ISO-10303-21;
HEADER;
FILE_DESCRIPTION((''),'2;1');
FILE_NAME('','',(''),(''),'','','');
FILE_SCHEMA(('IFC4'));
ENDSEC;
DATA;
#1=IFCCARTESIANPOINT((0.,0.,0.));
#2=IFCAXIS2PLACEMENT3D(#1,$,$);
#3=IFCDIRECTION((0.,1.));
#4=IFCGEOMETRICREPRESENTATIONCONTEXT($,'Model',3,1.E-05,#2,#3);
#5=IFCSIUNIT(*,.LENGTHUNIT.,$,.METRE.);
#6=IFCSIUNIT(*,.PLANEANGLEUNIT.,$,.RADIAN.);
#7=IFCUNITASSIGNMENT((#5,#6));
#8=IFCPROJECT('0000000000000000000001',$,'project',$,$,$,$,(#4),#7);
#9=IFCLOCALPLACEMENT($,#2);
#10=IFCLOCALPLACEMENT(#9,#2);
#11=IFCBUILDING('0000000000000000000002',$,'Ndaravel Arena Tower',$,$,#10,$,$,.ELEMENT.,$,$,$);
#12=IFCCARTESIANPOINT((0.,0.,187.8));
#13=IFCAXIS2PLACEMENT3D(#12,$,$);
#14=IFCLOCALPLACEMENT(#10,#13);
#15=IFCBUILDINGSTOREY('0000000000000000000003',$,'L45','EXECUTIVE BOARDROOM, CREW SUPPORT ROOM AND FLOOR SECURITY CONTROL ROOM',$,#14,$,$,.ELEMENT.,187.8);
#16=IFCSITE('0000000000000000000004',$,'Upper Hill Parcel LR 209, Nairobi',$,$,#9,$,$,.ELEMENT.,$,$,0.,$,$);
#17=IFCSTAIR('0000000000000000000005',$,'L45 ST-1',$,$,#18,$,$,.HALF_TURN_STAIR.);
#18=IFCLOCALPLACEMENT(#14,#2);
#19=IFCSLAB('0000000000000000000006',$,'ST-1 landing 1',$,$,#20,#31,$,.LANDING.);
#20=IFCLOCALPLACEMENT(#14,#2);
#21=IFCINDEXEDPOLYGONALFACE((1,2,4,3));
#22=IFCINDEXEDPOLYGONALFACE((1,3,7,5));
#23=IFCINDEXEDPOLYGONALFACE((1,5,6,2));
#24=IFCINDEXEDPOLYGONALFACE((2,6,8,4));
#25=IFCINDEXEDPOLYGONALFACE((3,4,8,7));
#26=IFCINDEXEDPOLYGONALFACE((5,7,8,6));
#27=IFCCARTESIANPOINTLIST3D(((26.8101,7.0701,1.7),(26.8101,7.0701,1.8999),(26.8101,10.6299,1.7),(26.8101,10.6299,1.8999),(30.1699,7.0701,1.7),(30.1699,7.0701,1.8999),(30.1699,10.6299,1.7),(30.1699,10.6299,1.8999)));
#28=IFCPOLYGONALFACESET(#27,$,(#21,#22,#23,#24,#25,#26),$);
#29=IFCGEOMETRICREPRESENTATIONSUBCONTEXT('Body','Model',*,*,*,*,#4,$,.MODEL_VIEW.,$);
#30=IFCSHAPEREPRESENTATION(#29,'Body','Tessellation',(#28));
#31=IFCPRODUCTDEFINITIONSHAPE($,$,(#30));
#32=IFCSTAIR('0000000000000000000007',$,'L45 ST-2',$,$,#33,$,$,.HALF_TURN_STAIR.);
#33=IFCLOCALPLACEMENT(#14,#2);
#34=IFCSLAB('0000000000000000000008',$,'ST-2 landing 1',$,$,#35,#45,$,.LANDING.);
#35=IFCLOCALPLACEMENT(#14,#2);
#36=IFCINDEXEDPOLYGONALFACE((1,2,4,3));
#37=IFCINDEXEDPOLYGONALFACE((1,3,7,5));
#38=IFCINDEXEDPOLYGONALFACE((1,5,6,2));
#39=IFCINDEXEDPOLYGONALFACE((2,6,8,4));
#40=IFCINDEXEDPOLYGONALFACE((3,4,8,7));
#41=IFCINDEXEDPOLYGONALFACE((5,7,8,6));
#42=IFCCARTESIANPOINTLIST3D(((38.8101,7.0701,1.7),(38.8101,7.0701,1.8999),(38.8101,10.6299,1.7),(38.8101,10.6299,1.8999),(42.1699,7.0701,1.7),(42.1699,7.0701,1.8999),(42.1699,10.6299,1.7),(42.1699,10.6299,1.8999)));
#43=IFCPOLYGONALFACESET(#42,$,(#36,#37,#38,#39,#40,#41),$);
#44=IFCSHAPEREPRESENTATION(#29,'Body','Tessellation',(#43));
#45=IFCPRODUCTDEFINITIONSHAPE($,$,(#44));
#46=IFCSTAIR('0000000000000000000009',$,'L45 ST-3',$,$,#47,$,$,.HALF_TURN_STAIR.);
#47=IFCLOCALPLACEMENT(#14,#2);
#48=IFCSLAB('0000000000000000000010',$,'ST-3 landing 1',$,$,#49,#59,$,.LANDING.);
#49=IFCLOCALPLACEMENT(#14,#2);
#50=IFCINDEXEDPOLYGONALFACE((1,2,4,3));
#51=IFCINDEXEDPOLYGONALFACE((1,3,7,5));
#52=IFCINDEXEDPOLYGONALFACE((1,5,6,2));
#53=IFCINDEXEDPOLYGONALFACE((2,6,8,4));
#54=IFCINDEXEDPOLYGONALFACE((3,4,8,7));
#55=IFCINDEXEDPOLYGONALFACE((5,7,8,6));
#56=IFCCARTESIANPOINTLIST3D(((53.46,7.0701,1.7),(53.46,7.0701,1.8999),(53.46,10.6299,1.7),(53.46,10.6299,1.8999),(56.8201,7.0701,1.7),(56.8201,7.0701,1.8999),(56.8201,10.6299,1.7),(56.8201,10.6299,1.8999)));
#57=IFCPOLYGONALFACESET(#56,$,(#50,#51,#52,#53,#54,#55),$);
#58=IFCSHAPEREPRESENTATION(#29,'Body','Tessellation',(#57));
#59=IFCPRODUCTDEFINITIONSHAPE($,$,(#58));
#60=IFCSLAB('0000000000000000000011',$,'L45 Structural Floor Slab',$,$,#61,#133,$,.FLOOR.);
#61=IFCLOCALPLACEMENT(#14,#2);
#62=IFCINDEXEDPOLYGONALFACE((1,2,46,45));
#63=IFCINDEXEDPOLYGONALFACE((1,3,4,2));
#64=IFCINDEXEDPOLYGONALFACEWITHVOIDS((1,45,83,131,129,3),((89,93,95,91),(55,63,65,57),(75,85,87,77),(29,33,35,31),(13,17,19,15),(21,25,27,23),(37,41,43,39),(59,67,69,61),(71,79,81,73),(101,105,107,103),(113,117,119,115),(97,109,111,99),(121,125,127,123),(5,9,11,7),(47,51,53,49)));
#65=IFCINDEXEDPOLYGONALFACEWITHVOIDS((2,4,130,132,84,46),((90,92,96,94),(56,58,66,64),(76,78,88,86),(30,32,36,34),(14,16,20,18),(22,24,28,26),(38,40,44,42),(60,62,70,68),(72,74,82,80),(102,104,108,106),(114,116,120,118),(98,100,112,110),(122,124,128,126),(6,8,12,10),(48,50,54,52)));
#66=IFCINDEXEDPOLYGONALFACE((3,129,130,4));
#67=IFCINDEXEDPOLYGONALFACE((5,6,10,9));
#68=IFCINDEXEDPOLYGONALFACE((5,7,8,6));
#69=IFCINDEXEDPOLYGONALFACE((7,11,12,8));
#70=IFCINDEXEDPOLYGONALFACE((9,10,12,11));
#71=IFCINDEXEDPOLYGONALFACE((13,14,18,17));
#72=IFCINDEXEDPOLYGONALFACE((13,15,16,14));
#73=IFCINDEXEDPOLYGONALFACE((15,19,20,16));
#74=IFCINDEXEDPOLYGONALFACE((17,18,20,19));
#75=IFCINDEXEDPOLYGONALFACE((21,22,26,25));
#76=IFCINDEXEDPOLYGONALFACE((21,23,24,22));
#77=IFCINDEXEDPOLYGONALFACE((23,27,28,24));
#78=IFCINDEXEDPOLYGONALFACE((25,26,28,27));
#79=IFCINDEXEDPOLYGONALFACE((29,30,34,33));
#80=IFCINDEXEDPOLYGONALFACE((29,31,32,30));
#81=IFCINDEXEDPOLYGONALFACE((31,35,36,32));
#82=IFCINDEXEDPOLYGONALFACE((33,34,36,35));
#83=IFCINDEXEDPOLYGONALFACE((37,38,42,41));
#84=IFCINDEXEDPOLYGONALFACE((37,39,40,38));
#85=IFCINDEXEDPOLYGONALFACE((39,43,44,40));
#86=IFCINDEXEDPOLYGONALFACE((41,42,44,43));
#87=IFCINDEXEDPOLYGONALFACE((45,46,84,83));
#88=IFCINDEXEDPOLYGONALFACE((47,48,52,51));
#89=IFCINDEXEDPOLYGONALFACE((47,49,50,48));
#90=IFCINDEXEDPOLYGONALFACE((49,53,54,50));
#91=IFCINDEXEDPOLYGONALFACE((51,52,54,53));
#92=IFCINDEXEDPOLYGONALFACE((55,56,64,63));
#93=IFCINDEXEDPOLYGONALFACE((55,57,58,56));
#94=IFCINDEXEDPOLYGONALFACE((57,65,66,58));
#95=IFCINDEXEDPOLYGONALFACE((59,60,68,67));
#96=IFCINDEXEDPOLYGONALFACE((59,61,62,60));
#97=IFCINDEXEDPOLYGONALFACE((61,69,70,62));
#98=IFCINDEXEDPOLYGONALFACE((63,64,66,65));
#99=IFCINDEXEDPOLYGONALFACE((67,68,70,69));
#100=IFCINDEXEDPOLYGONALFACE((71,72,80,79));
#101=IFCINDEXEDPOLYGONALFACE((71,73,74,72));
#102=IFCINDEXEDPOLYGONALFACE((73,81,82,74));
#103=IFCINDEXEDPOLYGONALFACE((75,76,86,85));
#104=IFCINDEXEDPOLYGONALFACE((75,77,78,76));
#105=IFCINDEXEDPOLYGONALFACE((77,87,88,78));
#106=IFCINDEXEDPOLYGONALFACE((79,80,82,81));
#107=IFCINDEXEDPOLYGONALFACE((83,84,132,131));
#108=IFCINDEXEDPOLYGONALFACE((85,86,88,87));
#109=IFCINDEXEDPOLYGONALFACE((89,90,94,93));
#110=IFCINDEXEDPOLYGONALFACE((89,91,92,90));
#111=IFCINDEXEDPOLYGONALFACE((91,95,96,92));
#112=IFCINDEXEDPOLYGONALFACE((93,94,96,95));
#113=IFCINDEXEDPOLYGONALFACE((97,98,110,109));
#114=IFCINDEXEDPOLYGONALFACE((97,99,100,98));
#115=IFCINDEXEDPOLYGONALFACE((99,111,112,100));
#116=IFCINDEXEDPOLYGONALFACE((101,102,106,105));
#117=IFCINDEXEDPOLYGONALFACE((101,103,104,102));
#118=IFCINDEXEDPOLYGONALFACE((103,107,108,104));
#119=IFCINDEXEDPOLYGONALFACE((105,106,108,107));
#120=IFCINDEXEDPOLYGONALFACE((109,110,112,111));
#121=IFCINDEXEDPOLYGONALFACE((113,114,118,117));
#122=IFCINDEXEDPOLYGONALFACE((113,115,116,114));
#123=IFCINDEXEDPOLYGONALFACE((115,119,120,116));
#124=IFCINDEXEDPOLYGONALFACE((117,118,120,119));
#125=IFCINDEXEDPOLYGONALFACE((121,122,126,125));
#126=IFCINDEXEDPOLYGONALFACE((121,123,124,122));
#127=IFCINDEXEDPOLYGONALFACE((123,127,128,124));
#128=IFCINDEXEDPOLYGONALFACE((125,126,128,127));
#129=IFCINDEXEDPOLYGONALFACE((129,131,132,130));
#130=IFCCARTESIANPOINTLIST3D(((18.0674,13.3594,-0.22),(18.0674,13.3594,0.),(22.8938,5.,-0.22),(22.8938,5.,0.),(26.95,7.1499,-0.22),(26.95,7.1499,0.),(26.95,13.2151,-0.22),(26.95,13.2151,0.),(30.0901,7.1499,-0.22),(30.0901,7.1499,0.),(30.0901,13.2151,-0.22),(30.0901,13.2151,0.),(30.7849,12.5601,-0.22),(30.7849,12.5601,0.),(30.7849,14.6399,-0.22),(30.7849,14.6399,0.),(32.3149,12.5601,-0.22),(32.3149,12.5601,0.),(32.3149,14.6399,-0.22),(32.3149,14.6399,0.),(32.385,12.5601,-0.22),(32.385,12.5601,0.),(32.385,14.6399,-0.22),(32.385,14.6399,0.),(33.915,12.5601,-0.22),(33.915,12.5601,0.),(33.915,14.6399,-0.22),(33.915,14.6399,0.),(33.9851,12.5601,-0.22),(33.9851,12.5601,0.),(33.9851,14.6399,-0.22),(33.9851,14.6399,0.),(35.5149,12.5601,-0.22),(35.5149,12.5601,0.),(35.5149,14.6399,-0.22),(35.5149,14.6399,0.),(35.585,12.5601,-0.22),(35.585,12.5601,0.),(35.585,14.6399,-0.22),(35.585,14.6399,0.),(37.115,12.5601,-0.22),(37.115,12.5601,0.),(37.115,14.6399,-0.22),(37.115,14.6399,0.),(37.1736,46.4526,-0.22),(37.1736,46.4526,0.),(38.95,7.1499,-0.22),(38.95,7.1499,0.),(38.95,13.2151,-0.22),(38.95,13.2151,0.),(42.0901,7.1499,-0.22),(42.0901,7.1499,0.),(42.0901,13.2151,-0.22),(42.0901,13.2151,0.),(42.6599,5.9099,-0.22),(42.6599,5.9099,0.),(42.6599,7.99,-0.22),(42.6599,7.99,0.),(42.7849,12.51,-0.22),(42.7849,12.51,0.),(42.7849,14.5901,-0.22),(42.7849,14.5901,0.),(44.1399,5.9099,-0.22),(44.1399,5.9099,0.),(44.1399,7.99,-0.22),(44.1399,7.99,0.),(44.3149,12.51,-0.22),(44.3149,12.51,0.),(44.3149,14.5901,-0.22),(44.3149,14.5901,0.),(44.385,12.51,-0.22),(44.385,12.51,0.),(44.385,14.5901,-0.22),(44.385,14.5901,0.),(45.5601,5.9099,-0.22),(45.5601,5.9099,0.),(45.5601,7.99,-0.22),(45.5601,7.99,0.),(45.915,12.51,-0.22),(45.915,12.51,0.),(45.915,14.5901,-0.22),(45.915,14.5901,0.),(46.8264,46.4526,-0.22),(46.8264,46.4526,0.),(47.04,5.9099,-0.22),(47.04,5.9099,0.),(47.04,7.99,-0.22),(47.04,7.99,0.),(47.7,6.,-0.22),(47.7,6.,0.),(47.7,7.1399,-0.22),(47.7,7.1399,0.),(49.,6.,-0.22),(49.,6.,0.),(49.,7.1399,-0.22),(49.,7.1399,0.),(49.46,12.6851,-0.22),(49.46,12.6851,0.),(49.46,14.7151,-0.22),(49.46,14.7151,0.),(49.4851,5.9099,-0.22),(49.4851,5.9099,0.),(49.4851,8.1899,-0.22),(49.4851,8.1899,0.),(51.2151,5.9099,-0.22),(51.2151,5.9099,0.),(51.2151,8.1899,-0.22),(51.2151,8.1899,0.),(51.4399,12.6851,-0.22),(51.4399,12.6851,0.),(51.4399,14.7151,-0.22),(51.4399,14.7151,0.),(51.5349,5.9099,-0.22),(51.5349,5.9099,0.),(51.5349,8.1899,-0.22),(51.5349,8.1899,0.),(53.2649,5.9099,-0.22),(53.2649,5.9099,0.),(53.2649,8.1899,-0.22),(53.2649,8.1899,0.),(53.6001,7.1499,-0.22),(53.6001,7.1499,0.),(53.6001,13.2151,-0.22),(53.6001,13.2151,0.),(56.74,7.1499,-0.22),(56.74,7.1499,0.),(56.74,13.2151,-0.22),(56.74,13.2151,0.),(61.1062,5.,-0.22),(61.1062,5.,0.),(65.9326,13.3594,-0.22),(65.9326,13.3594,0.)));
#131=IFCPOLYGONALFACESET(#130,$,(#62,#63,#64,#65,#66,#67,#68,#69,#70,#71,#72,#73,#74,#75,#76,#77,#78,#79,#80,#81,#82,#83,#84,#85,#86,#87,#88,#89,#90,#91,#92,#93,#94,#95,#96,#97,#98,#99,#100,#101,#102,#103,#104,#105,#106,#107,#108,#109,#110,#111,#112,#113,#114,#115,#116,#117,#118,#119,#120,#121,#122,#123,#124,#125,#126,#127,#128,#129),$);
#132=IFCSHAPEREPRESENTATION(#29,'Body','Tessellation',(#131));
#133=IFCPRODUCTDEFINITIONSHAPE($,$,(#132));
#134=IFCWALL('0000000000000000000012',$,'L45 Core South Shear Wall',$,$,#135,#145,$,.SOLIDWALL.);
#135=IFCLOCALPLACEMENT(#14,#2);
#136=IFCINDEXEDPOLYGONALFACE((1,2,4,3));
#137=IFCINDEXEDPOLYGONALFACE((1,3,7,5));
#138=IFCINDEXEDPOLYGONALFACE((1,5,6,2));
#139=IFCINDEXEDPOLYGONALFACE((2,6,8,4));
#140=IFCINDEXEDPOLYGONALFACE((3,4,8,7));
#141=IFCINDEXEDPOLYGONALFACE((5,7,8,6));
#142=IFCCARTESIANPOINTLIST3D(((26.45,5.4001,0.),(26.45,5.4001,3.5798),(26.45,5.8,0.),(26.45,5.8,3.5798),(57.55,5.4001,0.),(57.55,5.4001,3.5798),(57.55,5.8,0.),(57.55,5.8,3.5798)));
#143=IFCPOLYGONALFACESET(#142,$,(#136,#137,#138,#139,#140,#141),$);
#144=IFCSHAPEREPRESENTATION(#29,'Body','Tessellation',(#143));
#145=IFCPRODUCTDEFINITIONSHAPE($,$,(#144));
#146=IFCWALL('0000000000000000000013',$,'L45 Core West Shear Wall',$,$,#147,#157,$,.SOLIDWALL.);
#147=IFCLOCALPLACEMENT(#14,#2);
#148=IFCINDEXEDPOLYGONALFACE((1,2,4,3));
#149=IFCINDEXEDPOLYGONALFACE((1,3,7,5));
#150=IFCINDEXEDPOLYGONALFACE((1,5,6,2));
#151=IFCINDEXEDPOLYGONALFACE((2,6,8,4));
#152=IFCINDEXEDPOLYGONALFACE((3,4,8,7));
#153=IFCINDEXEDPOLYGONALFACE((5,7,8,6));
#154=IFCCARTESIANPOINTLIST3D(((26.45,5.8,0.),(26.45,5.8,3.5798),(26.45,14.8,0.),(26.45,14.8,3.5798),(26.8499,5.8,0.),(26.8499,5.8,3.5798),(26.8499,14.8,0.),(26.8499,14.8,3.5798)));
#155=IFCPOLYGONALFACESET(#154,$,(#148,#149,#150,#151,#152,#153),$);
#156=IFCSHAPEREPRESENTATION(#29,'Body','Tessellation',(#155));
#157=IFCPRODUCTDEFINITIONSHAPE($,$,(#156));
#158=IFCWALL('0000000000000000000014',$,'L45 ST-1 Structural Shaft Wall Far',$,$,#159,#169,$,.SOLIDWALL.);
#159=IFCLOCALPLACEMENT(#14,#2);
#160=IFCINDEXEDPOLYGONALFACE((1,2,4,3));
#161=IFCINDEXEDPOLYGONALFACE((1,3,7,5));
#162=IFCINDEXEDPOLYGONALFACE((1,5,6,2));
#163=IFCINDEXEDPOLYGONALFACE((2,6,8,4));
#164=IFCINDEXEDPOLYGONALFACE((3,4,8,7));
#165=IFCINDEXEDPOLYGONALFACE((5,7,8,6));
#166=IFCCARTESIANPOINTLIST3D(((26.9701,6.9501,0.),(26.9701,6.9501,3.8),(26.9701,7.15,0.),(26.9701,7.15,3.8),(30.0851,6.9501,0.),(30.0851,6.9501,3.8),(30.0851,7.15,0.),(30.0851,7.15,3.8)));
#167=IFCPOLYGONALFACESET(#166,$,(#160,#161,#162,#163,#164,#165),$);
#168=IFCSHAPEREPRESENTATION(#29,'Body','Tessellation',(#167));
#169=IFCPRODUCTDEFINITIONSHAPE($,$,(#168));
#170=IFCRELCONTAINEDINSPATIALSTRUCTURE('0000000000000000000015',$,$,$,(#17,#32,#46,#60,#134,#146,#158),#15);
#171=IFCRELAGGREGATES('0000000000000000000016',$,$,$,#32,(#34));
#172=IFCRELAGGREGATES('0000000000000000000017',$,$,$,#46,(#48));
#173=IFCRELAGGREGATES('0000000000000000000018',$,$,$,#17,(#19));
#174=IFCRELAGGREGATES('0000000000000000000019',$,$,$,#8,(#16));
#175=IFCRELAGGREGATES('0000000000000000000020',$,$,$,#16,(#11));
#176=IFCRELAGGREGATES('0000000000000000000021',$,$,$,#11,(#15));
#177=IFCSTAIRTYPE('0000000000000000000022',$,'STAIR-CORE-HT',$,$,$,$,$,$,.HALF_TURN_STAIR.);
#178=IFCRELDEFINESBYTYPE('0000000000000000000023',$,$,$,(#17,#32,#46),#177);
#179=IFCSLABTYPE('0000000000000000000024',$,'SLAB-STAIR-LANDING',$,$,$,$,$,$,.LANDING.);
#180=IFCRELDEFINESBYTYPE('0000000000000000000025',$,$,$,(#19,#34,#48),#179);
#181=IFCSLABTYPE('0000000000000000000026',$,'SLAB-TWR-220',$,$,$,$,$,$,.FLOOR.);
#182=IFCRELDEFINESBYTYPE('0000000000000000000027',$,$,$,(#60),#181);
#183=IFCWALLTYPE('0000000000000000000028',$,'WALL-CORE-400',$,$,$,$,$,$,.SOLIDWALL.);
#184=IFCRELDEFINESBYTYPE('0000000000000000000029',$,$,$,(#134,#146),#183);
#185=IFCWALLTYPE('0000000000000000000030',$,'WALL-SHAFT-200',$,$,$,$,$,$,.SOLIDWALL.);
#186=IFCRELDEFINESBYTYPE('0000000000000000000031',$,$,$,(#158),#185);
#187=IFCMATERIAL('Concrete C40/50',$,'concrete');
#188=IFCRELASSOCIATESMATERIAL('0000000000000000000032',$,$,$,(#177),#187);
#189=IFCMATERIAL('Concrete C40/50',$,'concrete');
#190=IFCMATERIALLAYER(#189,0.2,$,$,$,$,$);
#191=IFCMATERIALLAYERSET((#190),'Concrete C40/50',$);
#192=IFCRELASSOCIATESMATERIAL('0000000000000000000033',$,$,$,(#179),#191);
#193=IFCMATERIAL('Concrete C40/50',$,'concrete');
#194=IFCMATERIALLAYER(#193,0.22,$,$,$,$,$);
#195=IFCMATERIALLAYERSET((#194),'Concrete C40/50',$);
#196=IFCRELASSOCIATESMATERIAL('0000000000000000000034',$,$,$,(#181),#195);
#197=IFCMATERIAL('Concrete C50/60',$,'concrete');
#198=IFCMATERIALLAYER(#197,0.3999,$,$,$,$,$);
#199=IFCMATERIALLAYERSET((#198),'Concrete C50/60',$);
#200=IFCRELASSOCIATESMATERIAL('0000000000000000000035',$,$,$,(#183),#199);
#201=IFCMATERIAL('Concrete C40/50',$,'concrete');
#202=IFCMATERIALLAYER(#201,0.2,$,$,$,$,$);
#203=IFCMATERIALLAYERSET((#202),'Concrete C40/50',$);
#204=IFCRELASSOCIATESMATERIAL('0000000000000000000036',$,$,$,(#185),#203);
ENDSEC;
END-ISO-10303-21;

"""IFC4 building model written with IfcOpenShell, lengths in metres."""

from ifc_helpers import new_model, si_unit, direction, frame, frame_2d, origin, place, context, subcontext, project, spatial, polyline, rectangle, outline, extrude, material, layer, layer_set, type_object, element, aggregate, save


model = new_model("IFC4")

# Units and contexts
model_context = context("Model", 3, precision=1e-05, world=origin(), true_north=direction((0.0, 1.0)))
body_context = subcontext(model_context, "Body", "Model", "MODEL_VIEW")
ifc_project = project(units=[si_unit("LENGTHUNIT", "METRE"), si_unit("PLANEANGLEUNIT", "RADIAN")], contexts=[model_context])

# Site, building, storey
site_placement = place(None, origin())
site = spatial("IfcSite", under=ifc_project, at=site_placement, Name="Upper Hill Parcel LR 209, Nairobi", CompositionType="ELEMENT", RefElevation=0.0)
building_placement = place(site_placement, origin())
building = spatial("IfcBuilding", under=site, at=building_placement, Name="Ndaravel Arena Tower", CompositionType="ELEMENT")
storey_placement = place(building_placement, frame((0.0, 0.0, 187.8)))
storey = spatial("IfcBuildingStorey", under=building, at=storey_placement, Name="L45", Description="EXECUTIVE BOARDROOM, CREW SUPPORT ROOM AND FLOOR SECURITY CONTROL ROOM", CompositionType="ELEMENT", Elevation=187.8)

# Stairs, slabs
ifc_material_1 = material(Name="Concrete C40/50", Category="concrete")
stair_type = type_object("IfcStairType", Name="STAIR-CORE-HT", PredefinedType="HALF_TURN_STAIR", material=ifc_material_1)
stair_1_placement = place(storey_placement, origin())
stair_1 = element("IfcStair", 1, at=stair_1_placement, inside=storey, type_object=stair_type, Name="L45 ST-1", PredefinedType="HALF_TURN_STAIR")
ifc_material_2 = material(Name="Concrete C40/50", Category="concrete")
ifc_layer_1 = layer(ifc_material_2, 0.2)
ifc_layer_set_1 = layer_set([ifc_layer_1], Name="Concrete C40/50")
slab_type_1 = type_object("IfcSlabType", Name="SLAB-STAIR-LANDING", PredefinedType="LANDING", material=ifc_layer_set_1)
slab_1_placement = place(storey_placement, frame((0.0, 0.0, 1.7)))
slab_1 = element("IfcSlab", 2, at=slab_1_placement, type_object=slab_type_1, Name="ST-1 landing 1", PredefinedType="LANDING", context=body_context, shape_type="SweptSolid", body=[
    extrude(outline(polyline([(26.8101, 10.6299), (26.8101, 7.0701), (30.1699, 7.0701), (30.1699, 10.6299), (26.8101, 10.6299)])), origin(), (0.0, 0.0, 1.0), 0.2),
])
stair_2_placement = place(storey_placement, origin())
stair_2 = element("IfcStair", 3, at=stair_2_placement, inside=storey, type_object=stair_type, Name="L45 ST-2", PredefinedType="HALF_TURN_STAIR")
slab_2_placement = place(storey_placement, frame((0.0, 0.0, 1.7)))
slab_2 = element("IfcSlab", 4, at=slab_2_placement, type_object=slab_type_1, Name="ST-2 landing 1", PredefinedType="LANDING", context=body_context, shape_type="SweptSolid", body=[
    extrude(outline(polyline([(38.8101, 10.6299), (38.8101, 7.0701), (42.1699, 7.0701), (42.1699, 10.6299), (38.8101, 10.6299)])), origin(), (0.0, 0.0, 1.0), 0.2),
])
aggregate(stair_2, [slab_2])
stair_3_placement = place(storey_placement, origin())
stair_3 = element("IfcStair", 5, at=stair_3_placement, inside=storey, type_object=stair_type, Name="L45 ST-3", PredefinedType="HALF_TURN_STAIR")
slab_3_placement = place(storey_placement, frame((0.0, 0.0, 1.7)))
slab_3 = element("IfcSlab", 6, at=slab_3_placement, type_object=slab_type_1, Name="ST-3 landing 1", PredefinedType="LANDING", context=body_context, shape_type="SweptSolid", body=[
    extrude(outline(polyline([(53.46, 10.6299), (53.46, 7.0701), (56.8201, 7.0701), (56.8201, 10.6299), (53.46, 10.6299)])), origin(), (0.0, 0.0, 1.0), 0.2),
])
aggregate(stair_3, [slab_3])

# Slab
ifc_material_3 = material(Name="Concrete C40/50", Category="concrete")
ifc_layer_2 = layer(ifc_material_3, 0.22)
ifc_layer_set_2 = layer_set([ifc_layer_2], Name="Concrete C40/50")
slab_type_2 = type_object("IfcSlabType", Name="SLAB-TWR-220", PredefinedType="FLOOR", material=ifc_layer_set_2)
slab_4_placement = place(storey_placement, frame((0.0, 0.0, -0.22)))
element("IfcSlab", 7, at=slab_4_placement, inside=storey, type_object=slab_type_2, Name="L45 Structural Floor Slab", PredefinedType="FLOOR", context=body_context, shape_type="SweptSolid", body=[
    extrude(outline(polyline([(18.0674, 13.3594), (22.8938, 5.0), (61.1062, 5.0), (65.9326, 13.3594), (46.8264, 46.4526), (37.1736, 46.4526), (18.0674, 13.3594)]), holes=[polyline([(26.95, 13.2151), (26.95, 7.1499), (30.0901, 7.1499), (30.0901, 13.2151), (26.95, 13.2151)]), polyline([(38.95, 13.2151), (38.95, 7.1499), (42.0901, 7.1499), (42.0901, 13.2151), (38.95, 13.2151)]), polyline([(53.6001, 13.2151), (53.6001, 7.1499), (56.74, 7.1499), (56.74, 13.2151), (53.6001, 13.2151)]), polyline([(30.7849, 12.5601), (32.3149, 12.5601), (32.3149, 14.6399), (30.7849, 14.6399), (30.7849, 12.5601)]), polyline([(32.385, 12.5601), (33.915, 12.5601), (33.915, 14.6399), (32.385, 14.6399), (32.385, 12.5601)]), polyline([(33.9851, 12.5601), (35.5149, 12.5601), (35.5149, 14.6399), (33.9851, 14.6399), (33.9851, 12.5601)]), polyline([(35.585, 12.5601), (37.115, 12.5601), (37.115, 14.6399), (35.585, 14.6399), (35.585, 12.5601)]), polyline([(42.6599, 5.9099), (44.1399, 5.9099), (44.1399, 7.99), (42.6599, 7.99), (42.6599, 5.9099)]), polyline([(45.5601, 5.9099), (47.04, 5.9099), (47.04, 7.99), (45.5601, 7.99), (45.5601, 5.9099)]), polyline([(42.7849, 12.51), (44.3149, 12.51), (44.3149, 14.5901), (42.7849, 14.5901), (42.7849, 12.51)]), polyline([(44.385, 12.51), (45.915, 12.51), (45.915, 14.5901), (44.385, 14.5901), (44.385, 12.51)]), polyline([(49.4851, 5.9099), (51.2151, 5.9099), (51.2151, 8.1899), (49.4851, 8.1899), (49.4851, 5.9099)]), polyline([(51.5349, 5.9099), (53.2649, 5.9099), (53.2649, 8.1899), (51.5349, 8.1899), (51.5349, 5.9099)]), polyline([(49.46, 12.6851), (51.4399, 12.6851), (51.4399, 14.7151), (49.46, 14.7151), (49.46, 12.6851)]), polyline([(47.7, 6.0), (49.0, 6.0), (49.0, 7.1399), (47.7, 7.1399), (47.7, 6.0)])]), origin(), (0.0, 0.0, 1.0), 0.22),
])

# Walls
ifc_material_4 = material(Name="Concrete C50/60", Category="concrete")
ifc_layer_3 = layer(ifc_material_4, 0.3999)
ifc_layer_set_3 = layer_set([ifc_layer_3], Name="Concrete C50/60")
wall_type_1 = type_object("IfcWallType", Name="WALL-CORE-400", PredefinedType="SOLIDWALL", material=ifc_layer_set_3)
wall_1_placement = place(storey_placement, frame((26.45, 5.6001, 0.0), z_axis=(0.0, 0.0, 1.0), x_axis=(1.0, 0.0, 0.0)))
element("IfcWall", 8, at=wall_1_placement, inside=storey, type_object=wall_type_1, Name="L45 Core South Shear Wall", PredefinedType="SOLIDWALL", context=body_context, shape_type="SweptSolid", body=[
    extrude(rectangle(XDim=31.1001, YDim=0.3999, at=frame_2d((15.55, 0.0))), origin(), (0.0, 0.0, 1.0), 3.5798),
])
wall_2_placement = place(storey_placement, frame((26.6499, 5.8, 0.0), z_axis=(0.0, 0.0, 1.0), x_axis=(0.0, 1.0, 0.0)))
element("IfcWall", 9, at=wall_2_placement, inside=storey, type_object=wall_type_1, Name="L45 Core West Shear Wall", PredefinedType="SOLIDWALL", context=body_context, shape_type="SweptSolid", body=[
    extrude(rectangle(XDim=9.0, YDim=0.3999, at=frame_2d((4.5, 0.0))), origin(), (0.0, 0.0, 1.0), 3.5798),
])
ifc_material_5 = material(Name="Concrete C40/50", Category="concrete")
ifc_layer_4 = layer(ifc_material_5, 0.2)
ifc_layer_set_4 = layer_set([ifc_layer_4], Name="Concrete C40/50")
wall_type_2 = type_object("IfcWallType", Name="WALL-SHAFT-200", PredefinedType="SOLIDWALL", material=ifc_layer_set_4)
wall_3_placement = place(storey_placement, frame((26.97, 7.05, 0.0), z_axis=(0.0, 0.0, 1.0), x_axis=(1.0, 0.0, 0.0)))
element("IfcWall", 10, at=wall_3_placement, inside=storey, type_object=wall_type_2, Name="L45 ST-1 Structural Shaft Wall Far", PredefinedType="SOLIDWALL", context=body_context, shape_type="SweptSolid", body=[
    extrude(rectangle(XDim=3.115, YDim=0.2, at=frame_2d((1.5576, 0.0))), origin(), (0.0, 0.0, 1.0), 3.8),
])

aggregate(stair_1, [slab_1])

save(model, "model.ifc")
